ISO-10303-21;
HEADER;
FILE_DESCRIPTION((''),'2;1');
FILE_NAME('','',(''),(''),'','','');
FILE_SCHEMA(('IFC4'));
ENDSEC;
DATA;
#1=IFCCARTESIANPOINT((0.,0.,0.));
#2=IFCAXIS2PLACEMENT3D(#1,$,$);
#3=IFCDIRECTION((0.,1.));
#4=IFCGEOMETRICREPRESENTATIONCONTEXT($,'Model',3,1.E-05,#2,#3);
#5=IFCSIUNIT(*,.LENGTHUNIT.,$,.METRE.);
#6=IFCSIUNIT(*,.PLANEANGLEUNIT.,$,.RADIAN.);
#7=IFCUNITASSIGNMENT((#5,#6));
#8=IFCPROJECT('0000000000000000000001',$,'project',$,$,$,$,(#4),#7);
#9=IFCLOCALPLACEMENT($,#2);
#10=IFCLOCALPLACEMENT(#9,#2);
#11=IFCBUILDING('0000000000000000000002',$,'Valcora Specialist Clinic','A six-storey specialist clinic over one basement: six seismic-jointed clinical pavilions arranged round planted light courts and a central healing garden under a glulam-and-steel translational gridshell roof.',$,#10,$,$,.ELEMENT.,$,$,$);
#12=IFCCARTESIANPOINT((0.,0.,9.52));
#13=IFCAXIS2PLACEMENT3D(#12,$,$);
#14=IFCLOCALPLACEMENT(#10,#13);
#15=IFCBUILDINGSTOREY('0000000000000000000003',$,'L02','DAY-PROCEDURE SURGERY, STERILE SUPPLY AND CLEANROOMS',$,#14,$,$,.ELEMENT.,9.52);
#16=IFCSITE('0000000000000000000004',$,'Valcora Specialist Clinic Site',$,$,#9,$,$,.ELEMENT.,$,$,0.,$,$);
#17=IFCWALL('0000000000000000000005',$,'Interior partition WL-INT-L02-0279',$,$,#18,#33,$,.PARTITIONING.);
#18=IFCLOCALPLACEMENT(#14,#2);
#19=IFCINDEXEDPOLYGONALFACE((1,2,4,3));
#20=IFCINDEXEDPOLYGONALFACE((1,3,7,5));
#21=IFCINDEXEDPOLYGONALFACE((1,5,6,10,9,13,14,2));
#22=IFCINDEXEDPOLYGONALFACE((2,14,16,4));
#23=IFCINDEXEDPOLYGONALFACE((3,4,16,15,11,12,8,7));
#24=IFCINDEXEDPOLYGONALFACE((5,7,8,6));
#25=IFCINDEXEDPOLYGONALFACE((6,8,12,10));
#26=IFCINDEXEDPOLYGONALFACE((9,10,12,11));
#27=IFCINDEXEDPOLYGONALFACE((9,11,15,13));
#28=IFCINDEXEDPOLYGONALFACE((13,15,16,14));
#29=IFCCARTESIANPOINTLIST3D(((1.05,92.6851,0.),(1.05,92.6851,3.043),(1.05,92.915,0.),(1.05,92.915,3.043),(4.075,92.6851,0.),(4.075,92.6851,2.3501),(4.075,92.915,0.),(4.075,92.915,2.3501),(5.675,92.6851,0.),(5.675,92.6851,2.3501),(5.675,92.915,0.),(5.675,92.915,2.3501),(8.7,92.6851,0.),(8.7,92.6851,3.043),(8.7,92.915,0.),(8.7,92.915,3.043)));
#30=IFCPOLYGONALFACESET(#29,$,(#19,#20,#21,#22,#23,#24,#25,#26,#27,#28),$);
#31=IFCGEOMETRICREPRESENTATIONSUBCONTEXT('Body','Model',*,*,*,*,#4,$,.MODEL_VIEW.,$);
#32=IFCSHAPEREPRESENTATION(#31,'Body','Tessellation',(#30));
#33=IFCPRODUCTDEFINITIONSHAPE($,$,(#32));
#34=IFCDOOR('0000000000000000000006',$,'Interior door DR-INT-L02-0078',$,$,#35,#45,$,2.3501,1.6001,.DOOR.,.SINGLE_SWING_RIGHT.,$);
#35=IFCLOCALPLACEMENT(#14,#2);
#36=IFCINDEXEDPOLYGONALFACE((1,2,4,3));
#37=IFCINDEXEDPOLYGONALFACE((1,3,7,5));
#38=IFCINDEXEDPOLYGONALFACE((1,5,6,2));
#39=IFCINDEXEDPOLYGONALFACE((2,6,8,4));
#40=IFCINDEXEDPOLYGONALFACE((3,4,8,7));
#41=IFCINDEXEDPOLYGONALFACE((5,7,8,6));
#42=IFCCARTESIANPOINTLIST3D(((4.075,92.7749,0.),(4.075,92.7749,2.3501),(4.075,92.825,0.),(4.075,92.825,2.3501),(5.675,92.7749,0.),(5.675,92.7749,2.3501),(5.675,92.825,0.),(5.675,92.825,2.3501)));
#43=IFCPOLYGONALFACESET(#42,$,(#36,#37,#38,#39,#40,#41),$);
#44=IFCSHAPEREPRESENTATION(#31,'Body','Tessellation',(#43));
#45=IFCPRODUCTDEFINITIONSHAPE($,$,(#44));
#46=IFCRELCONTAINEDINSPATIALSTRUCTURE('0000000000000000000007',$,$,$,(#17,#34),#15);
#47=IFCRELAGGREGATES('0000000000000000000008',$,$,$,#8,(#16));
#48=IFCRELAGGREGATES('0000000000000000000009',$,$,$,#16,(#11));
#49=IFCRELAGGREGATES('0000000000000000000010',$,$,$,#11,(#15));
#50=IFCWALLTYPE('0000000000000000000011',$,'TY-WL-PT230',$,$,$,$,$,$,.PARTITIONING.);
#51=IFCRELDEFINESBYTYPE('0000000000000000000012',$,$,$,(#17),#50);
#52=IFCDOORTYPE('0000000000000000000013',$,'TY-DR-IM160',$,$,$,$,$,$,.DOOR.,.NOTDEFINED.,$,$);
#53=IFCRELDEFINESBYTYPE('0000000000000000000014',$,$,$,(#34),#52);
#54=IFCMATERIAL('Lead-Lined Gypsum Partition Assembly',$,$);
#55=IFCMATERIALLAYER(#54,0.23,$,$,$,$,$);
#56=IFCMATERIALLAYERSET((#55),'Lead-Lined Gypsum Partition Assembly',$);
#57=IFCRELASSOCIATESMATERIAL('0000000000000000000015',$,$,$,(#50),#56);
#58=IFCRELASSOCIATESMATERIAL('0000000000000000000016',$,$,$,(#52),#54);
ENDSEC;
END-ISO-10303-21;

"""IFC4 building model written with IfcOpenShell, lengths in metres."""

from ifc_helpers import new_model, si_unit, direction, frame, frame_2d, origin, place, context, subcontext, project, spatial, rectangle, extrude, material, layer, layer_set, type_object, element, fill, save


model = new_model("IFC4")

# Units and contexts
model_context = context("Model", 3, precision=1e-05, world=origin(), true_north=direction((0.0, 1.0)))
body_context = subcontext(model_context, "Body", "Model", "MODEL_VIEW")
ifc_project = project(units=[si_unit("LENGTHUNIT", "METRE"), si_unit("PLANEANGLEUNIT", "RADIAN")], contexts=[model_context])

# Site, building, storey
site_placement = place(None, origin())
site = spatial("IfcSite", under=ifc_project, at=site_placement, Name="Valcora Specialist Clinic Site", CompositionType="ELEMENT", RefElevation=0.0)
building_placement = place(site_placement, origin())
building = spatial("IfcBuilding", under=site, at=building_placement, Name="Valcora Specialist Clinic", Description="A six-storey specialist clinic over one basement: six seismic-jointed clinical pavilions arranged round planted light courts and a central healing garden under a glulam-and-steel translational gridshell roof.", CompositionType="ELEMENT")
storey_placement = place(building_placement, frame((0.0, 0.0, 9.52)))
storey = spatial("IfcBuildingStorey", under=building, at=storey_placement, Name="L02", Description="DAY-PROCEDURE SURGERY, STERILE SUPPLY AND CLEANROOMS", CompositionType="ELEMENT", Elevation=9.52)

# Wall, opening, door
ifc_material_1 = material(Name="Lead-Lined Gypsum Partition Assembly")
ifc_layer_1 = layer(ifc_material_1, 0.23)
ifc_layer_set_1 = layer_set([ifc_layer_1], Name="Lead-Lined Gypsum Partition Assembly")
wall_type_1 = type_object("IfcWallType", Name="TY-WL-PT230", PredefinedType="PARTITIONING", material=ifc_layer_set_1)
wall_1_placement = place(storey_placement, frame((1.05, 92.8, 0.0), z_axis=(0.0, 0.0, 1.0), x_axis=(1.0, 0.0, 0.0)))
wall_1 = element("IfcWall", 1, at=wall_1_placement, inside=storey, type_object=wall_type_1, Name="Interior partition WL-INT-L02-0279", PredefinedType="PARTITIONING", context=body_context, shape_type="SweptSolid", body=[
    extrude(rectangle(XDim=7.6499, YDim=0.23, at=frame_2d((3.825, 0.0))), origin(), (0.0, 0.0, 1.0), 3.043),
])
opening_1_placement = place(wall_1_placement, frame((3.0249, 0.0, 0.0)))
opening_1 = element("IfcOpeningElement", 2, at=opening_1_placement, cuts=wall_1, PredefinedType="OPENING", context=body_context, shape_type="SweptSolid", body=[
    extrude(rectangle(XDim=1.6001, YDim=2.3501, at=frame_2d((0.8, 1.175))), frame((0.0, 0.125, 0.0), z_axis=(0.0, -1.0, 0.0), x_axis=(1.0, 0.0, 0.0)), (0.0, 0.0, 1.0), 0.25),
])
door_type_1 = type_object("IfcDoorType", Name="TY-DR-IM160", OperationType="NOTDEFINED", PredefinedType="DOOR", material=ifc_material_1)
door_1_placement = place(opening_1_placement, origin())
door_1 = element("IfcDoor", 3, at=door_1_placement, inside=storey, type_object=door_type_1, Name="Interior door DR-INT-L02-0078", OperationType="SINGLE_SWING_RIGHT", OverallHeight=2.3501, OverallWidth=1.6001, PredefinedType="DOOR", context=body_context, shape_type="SweptSolid", body=[
    extrude(rectangle(XDim=1.6001, YDim=2.3501, at=frame_2d((0.8, 1.175))), frame((0.0, 0.0249, 0.0), z_axis=(0.0, -1.0, 0.0), x_axis=(1.0, 0.0, 0.0)), (0.0, 0.0, 1.0), 0.05),
])
fill(opening_1, door_1)

save(model, "model.ifc")
